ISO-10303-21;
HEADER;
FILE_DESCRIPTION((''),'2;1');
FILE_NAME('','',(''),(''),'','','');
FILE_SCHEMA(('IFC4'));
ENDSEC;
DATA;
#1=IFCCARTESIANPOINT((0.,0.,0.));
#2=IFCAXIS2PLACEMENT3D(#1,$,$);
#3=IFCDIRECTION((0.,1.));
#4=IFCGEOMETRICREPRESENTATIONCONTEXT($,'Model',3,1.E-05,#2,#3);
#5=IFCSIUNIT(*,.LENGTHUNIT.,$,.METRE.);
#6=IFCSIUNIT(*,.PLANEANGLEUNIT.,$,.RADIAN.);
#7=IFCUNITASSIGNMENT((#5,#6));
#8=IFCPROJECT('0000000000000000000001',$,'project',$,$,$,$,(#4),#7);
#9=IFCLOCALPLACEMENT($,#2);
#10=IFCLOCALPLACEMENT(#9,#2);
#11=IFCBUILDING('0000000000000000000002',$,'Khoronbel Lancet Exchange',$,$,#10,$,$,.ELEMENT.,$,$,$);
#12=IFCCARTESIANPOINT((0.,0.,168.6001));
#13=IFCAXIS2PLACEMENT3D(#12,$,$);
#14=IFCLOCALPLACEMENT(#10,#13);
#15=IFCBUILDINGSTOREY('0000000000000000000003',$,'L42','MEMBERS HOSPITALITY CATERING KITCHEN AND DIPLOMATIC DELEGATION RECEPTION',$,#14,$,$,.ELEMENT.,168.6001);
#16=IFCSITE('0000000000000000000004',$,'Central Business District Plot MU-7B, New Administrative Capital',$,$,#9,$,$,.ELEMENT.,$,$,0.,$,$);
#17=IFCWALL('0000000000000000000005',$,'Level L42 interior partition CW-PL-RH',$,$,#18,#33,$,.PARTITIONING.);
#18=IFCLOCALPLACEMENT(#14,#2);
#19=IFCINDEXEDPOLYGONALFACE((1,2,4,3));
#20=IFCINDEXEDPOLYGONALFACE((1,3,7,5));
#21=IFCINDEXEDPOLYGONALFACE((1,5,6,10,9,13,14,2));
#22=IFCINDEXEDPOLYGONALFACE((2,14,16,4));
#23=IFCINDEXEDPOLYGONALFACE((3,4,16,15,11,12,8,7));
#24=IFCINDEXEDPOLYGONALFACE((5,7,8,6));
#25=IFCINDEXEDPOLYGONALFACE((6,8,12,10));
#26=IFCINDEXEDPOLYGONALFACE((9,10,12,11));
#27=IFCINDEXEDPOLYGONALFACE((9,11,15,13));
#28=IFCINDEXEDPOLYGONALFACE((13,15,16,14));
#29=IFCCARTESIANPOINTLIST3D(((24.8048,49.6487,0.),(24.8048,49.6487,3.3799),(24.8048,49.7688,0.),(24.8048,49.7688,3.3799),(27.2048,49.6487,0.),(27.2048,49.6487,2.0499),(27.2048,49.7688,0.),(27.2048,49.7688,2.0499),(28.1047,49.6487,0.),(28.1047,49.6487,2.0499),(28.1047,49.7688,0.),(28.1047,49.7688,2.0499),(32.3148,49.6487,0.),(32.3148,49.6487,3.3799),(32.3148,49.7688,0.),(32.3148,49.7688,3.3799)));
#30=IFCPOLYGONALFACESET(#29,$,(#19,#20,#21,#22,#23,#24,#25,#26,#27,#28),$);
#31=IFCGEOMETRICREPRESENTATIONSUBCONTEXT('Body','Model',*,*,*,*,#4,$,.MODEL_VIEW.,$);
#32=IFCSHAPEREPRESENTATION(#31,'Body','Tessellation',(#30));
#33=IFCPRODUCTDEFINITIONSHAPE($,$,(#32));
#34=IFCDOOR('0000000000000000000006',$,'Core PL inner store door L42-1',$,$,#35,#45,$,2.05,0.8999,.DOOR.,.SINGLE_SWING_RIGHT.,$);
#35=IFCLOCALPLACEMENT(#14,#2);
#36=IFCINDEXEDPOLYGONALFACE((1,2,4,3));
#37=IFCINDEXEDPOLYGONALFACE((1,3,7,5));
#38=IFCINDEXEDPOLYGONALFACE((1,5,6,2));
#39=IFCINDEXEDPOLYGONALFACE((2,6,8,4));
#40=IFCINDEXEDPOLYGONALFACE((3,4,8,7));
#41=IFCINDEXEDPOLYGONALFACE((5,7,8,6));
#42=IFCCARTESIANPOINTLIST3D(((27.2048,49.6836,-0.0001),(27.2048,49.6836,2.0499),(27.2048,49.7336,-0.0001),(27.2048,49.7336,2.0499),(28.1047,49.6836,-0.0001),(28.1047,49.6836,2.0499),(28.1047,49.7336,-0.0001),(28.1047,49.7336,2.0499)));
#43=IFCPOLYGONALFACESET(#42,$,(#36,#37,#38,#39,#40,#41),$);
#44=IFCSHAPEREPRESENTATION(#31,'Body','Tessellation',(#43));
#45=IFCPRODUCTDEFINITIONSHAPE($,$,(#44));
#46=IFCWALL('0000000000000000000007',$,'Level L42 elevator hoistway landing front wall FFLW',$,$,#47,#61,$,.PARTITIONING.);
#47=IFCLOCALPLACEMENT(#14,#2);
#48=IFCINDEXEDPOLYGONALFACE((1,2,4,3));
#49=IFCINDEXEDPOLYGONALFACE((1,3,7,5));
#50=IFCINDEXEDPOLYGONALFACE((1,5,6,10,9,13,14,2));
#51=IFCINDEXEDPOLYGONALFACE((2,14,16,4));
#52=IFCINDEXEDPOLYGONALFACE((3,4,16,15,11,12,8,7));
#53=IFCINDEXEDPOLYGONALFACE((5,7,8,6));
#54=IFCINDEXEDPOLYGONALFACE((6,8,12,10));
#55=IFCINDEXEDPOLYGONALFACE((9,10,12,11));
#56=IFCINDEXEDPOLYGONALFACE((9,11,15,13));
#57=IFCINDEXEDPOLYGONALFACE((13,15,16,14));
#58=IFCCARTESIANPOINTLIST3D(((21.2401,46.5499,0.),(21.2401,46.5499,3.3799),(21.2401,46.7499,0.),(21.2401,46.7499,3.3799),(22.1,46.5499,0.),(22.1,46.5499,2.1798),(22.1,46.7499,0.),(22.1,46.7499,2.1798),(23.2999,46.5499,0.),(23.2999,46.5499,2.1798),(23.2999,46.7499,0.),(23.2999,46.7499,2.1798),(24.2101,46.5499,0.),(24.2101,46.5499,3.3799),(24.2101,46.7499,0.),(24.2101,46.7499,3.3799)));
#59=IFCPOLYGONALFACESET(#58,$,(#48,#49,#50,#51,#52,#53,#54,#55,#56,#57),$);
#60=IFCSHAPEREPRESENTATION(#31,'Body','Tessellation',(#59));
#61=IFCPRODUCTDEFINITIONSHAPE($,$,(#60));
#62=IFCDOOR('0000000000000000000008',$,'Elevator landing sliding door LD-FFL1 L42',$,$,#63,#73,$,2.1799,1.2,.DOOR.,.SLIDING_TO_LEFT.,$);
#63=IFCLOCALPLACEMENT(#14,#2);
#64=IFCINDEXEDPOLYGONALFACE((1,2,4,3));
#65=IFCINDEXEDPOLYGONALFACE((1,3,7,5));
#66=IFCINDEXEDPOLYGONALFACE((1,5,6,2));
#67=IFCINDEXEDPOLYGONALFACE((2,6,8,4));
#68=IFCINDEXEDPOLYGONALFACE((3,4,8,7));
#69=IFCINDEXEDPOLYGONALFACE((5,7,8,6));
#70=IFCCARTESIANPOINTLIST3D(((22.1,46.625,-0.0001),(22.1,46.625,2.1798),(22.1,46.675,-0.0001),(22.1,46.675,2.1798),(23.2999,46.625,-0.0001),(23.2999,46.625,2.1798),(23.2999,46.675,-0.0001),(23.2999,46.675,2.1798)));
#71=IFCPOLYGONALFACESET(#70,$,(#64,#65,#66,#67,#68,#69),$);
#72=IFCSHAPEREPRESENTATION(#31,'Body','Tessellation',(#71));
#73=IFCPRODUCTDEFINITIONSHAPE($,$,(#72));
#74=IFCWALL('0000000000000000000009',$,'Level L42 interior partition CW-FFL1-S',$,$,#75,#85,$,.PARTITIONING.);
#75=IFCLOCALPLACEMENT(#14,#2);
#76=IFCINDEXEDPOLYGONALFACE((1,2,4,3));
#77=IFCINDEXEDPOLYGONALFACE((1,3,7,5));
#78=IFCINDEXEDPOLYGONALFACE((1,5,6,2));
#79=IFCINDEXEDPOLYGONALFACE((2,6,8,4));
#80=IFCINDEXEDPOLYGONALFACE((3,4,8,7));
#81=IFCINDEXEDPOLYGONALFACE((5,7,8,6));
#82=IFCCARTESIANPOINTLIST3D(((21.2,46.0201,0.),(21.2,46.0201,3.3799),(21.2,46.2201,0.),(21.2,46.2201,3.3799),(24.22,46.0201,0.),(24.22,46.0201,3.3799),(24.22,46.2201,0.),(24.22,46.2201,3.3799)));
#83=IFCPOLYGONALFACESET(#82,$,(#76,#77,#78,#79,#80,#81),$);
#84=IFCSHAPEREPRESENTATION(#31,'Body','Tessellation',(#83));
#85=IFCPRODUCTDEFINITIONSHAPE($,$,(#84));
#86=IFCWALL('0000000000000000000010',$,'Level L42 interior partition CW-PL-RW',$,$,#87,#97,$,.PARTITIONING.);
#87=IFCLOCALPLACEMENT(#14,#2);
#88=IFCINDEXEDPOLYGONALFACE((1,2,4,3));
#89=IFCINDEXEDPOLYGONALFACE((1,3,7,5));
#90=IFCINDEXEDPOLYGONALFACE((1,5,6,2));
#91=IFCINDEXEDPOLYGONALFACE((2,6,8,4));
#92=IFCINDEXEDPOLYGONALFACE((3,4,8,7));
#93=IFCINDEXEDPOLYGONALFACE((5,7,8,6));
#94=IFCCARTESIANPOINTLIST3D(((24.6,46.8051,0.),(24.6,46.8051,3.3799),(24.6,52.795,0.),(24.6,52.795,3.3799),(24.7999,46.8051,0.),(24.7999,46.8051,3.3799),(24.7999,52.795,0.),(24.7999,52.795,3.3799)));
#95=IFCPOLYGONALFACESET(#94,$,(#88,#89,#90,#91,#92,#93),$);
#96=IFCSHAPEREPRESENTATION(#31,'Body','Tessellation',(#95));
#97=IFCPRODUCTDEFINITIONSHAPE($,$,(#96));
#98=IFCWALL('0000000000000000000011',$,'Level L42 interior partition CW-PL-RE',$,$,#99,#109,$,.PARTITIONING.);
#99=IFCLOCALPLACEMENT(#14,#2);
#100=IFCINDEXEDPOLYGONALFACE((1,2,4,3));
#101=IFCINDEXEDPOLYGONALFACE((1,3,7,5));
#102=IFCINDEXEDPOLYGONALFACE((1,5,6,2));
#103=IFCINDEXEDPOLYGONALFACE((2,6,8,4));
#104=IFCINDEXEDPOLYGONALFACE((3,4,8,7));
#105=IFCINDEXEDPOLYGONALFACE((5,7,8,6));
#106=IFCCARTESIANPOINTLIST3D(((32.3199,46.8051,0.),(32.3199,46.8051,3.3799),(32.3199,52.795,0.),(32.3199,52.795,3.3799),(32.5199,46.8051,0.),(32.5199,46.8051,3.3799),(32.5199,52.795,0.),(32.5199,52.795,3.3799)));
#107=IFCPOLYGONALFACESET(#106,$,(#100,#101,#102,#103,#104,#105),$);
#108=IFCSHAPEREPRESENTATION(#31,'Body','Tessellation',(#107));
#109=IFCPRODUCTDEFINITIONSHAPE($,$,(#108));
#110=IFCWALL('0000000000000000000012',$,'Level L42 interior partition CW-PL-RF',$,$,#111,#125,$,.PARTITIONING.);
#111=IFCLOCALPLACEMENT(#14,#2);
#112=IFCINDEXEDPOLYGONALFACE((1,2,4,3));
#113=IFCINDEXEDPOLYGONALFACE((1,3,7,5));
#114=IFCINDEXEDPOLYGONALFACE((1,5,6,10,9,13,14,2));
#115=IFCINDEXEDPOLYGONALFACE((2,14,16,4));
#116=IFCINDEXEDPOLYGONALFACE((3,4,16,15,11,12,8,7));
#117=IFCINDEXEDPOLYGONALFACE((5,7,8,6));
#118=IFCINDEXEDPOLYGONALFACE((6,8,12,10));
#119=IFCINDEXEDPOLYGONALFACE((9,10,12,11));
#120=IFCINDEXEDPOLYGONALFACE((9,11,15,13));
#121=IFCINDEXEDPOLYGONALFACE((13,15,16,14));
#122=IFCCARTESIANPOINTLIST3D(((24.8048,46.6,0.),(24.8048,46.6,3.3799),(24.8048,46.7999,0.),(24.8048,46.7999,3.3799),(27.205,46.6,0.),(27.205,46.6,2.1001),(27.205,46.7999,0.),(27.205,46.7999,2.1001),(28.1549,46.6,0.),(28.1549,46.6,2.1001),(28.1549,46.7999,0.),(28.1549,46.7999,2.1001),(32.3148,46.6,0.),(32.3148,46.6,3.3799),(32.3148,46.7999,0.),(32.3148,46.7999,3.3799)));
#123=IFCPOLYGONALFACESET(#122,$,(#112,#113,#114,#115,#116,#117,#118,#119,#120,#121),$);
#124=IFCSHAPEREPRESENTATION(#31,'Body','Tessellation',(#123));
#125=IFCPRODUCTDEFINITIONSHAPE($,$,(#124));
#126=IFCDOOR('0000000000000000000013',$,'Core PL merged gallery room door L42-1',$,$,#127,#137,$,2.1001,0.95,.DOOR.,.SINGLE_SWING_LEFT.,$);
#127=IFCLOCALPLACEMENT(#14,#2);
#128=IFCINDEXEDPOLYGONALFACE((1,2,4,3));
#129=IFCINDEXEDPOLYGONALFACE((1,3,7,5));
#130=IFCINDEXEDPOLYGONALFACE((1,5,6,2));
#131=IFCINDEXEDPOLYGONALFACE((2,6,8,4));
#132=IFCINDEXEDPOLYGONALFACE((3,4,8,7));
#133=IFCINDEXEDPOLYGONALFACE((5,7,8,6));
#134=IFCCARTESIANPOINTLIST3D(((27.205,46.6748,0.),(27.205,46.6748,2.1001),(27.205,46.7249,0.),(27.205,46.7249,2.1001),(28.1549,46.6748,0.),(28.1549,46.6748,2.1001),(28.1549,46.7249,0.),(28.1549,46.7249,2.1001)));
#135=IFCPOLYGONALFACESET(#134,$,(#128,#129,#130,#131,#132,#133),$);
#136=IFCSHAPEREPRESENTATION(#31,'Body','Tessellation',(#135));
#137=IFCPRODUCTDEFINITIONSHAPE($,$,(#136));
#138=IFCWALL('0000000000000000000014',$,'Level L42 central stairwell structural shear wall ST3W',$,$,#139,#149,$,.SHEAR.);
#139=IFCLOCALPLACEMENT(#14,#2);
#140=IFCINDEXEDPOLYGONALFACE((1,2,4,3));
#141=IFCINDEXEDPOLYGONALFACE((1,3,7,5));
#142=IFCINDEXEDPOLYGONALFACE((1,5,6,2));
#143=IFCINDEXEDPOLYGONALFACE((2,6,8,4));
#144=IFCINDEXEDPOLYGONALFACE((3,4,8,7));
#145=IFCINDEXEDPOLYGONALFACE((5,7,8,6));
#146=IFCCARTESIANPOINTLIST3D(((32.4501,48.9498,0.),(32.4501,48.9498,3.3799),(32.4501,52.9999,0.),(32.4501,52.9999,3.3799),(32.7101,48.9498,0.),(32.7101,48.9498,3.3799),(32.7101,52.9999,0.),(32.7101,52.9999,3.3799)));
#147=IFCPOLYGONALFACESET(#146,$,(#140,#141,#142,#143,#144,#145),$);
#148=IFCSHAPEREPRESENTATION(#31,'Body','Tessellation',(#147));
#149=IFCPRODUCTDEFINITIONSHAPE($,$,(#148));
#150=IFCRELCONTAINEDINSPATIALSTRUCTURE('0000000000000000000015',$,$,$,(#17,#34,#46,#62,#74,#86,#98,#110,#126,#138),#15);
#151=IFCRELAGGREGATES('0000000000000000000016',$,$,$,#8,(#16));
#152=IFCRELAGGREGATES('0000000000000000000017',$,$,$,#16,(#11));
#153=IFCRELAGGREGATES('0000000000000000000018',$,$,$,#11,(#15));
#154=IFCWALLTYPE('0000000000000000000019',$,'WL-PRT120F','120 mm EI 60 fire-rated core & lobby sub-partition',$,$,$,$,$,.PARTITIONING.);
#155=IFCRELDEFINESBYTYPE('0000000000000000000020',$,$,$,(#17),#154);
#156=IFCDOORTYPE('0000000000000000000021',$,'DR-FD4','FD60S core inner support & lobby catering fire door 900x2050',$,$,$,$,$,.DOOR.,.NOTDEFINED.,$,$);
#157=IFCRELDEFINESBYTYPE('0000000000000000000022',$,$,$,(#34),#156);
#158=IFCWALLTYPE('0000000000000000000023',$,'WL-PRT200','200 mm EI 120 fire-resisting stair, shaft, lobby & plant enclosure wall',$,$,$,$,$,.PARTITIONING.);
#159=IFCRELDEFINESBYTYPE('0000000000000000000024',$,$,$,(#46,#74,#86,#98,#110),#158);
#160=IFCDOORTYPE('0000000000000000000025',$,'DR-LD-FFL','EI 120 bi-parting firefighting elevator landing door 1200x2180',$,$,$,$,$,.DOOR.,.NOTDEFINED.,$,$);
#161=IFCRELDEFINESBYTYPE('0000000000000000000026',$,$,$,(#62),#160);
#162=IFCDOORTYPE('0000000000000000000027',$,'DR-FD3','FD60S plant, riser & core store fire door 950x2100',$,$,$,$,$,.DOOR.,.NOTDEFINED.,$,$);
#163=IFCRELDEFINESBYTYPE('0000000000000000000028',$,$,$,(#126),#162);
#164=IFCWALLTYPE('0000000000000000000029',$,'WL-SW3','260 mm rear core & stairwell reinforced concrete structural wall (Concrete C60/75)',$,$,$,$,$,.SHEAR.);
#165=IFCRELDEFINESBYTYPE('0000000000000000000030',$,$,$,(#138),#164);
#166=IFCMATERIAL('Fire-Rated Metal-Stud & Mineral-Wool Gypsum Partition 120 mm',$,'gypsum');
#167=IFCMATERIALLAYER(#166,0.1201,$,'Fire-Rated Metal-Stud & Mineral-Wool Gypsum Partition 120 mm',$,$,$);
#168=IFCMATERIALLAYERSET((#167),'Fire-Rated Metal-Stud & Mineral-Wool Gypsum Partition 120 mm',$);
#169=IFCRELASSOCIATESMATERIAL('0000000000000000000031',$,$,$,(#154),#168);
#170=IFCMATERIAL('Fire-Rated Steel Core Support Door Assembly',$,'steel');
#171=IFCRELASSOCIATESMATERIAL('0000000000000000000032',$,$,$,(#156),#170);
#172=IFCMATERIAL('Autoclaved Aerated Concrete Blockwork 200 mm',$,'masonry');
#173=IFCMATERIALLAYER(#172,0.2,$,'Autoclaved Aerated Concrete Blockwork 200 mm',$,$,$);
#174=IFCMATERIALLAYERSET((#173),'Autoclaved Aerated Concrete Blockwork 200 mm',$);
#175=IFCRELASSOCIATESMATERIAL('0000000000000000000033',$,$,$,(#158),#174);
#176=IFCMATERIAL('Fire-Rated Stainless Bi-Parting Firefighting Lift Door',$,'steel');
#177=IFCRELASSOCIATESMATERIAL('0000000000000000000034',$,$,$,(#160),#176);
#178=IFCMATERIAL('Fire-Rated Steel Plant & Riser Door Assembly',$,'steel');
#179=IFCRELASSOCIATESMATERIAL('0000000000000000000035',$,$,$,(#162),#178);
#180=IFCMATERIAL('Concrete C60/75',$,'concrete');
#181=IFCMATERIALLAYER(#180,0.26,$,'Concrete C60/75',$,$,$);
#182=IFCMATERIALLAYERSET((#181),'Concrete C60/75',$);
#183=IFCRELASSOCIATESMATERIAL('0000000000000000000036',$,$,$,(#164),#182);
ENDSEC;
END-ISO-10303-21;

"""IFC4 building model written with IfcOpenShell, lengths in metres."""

from ifc_helpers import new_model, si_unit, direction, frame, frame_2d, origin, place, context, subcontext, project, spatial, rectangle, extrude, material, layer, layer_set, type_object, element, fill, save


model = new_model("IFC4")

# Units and contexts
model_context = context("Model", 3, precision=1e-05, world=origin(), true_north=direction((0.0, 1.0)))
body_context = subcontext(model_context, "Body", "Model", "MODEL_VIEW")
ifc_project = project(units=[si_unit("LENGTHUNIT", "METRE"), si_unit("PLANEANGLEUNIT", "RADIAN")], contexts=[model_context])

# Site, building, storey
site_placement = place(None, origin())
site = spatial("IfcSite", under=ifc_project, at=site_placement, Name="Central Business District Plot MU-7B, New Administrative Capital", CompositionType="ELEMENT", RefElevation=0.0)
building_placement = place(site_placement, origin())
building = spatial("IfcBuilding", under=site, at=building_placement, Name="Khoronbel Lancet Exchange", CompositionType="ELEMENT")
storey_placement = place(building_placement, frame((0.0, 0.0, 168.6001)))
storey = spatial("IfcBuildingStorey", under=building, at=storey_placement, Name="L42", Description="MEMBERS HOSPITALITY CATERING KITCHEN AND DIPLOMATIC DELEGATION RECEPTION", CompositionType="ELEMENT", Elevation=168.6001)

# Shared definitions
ifc_material_1 = material(Name="Fire-Rated Metal-Stud & Mineral-Wool Gypsum Partition 120 mm", Category="gypsum")
ifc_layer_1 = layer(ifc_material_1, 0.1201, Name="Fire-Rated Metal-Stud & Mineral-Wool Gypsum Partition 120 mm")
ifc_layer_set_1 = layer_set([ifc_layer_1], Name="Fire-Rated Metal-Stud & Mineral-Wool Gypsum Partition 120 mm")
wall_type_1 = type_object("IfcWallType", Name="WL-PRT120F", Description="120 mm EI 60 fire-rated core & lobby sub-partition", PredefinedType="PARTITIONING", material=ifc_layer_set_1)

# Walls, openings, doors
wall_1_placement = place(storey_placement, frame((24.8049, 49.7087, 0.0), z_axis=(0.0, 0.0, 1.0), x_axis=(1.0, 0.0, 0.0)))
wall_1 = element("IfcWall", 1, at=wall_1_placement, inside=storey, type_object=wall_type_1, Name="Level L42 interior partition CW-PL-RH", PredefinedType="PARTITIONING", context=body_context, shape_type="SweptSolid", body=[
    extrude(rectangle(XDim=7.51, YDim=0.1201, at=frame_2d((3.7549, 0.0))), origin(), (0.0, 0.0, 1.0), 3.3799),
])
opening_1_placement = place(wall_1_placement, frame((2.3999, 0.0, 0.0)))
opening_1 = element("IfcOpeningElement", 2, at=opening_1_placement, cuts=wall_1, PredefinedType="OPENING", context=body_context, shape_type="SweptSolid", body=[
    extrude(rectangle(XDim=0.8999, YDim=2.05, at=frame_2d((0.45, 1.0249))), frame((0.0, 0.0701, 0.0), z_axis=(0.0, -1.0, 0.0), x_axis=(1.0, 0.0, 0.0)), (0.0, 0.0, 1.0), 0.1401),
])
ifc_material_2 = material(Name="Fire-Rated Steel Core Support Door Assembly", Category="steel")
door_type_1 = type_object("IfcDoorType", Name="DR-FD4", Description="FD60S core inner support & lobby catering fire door 900x2050", OperationType="NOTDEFINED", PredefinedType="DOOR", material=ifc_material_2)
door_1_placement = place(opening_1_placement, origin())
door_1 = element("IfcDoor", 3, at=door_1_placement, inside=storey, type_object=door_type_1, Name="Core PL inner store door L42-1", OperationType="SINGLE_SWING_RIGHT", OverallHeight=2.05, OverallWidth=0.8999, PredefinedType="DOOR", context=body_context, shape_type="SweptSolid", body=[
    extrude(rectangle(XDim=0.8999, YDim=2.05, at=frame_2d((0.45, 1.0249))), frame((0.0, 0.0249, 0.0), z_axis=(0.0, -1.0, 0.0), x_axis=(1.0, 0.0, 0.0)), (0.0, 0.0, 1.0), 0.05),
])
fill(opening_1, door_1)
ifc_material_3 = material(Name="Autoclaved Aerated Concrete Blockwork 200 mm", Category="masonry")
ifc_layer_2 = layer(ifc_material_3, 0.2, Name="Autoclaved Aerated Concrete Blockwork 200 mm")
ifc_layer_set_2 = layer_set([ifc_layer_2], Name="Autoclaved Aerated Concrete Blockwork 200 mm")
wall_type_2 = type_object("IfcWallType", Name="WL-PRT200", Description="200 mm EI 120 fire-resisting stair, shaft, lobby & plant enclosure wall", PredefinedType="PARTITIONING", material=ifc_layer_set_2)
wall_2_placement = place(storey_placement, frame((24.21, 46.6499, 0.0), z_axis=(0.0, 0.0, 1.0), x_axis=(-1.0, 0.0, 0.0)))
wall_2 = element("IfcWall", 4, at=wall_2_placement, inside=storey, type_object=wall_type_2, Name="Level L42 elevator hoistway landing front wall FFLW", PredefinedType="PARTITIONING", context=body_context, shape_type="SweptSolid", body=[
    extrude(rectangle(XDim=2.97, YDim=0.2, at=frame_2d((1.4849, 0.0))), origin(), (0.0, 0.0, 1.0), 3.3799),
])
opening_2_placement = place(wall_2_placement, frame((0.9099, 0.0, 0.0)))
opening_2 = element("IfcOpeningElement", 5, at=opening_2_placement, cuts=wall_2, PredefinedType="OPENING", context=body_context, shape_type="SweptSolid", body=[
    extrude(rectangle(XDim=1.2, YDim=2.1799, at=frame_2d((0.6001, 1.0898))), frame((0.0, 0.1099, 0.0), z_axis=(0.0, -1.0, 0.0), x_axis=(1.0, 0.0, 0.0)), (0.0, 0.0, 1.0), 0.22),
])
ifc_material_4 = material(Name="Fire-Rated Stainless Bi-Parting Firefighting Lift Door", Category="steel")
door_type_2 = type_object("IfcDoorType", Name="DR-LD-FFL", Description="EI 120 bi-parting firefighting elevator landing door 1200x2180", OperationType="NOTDEFINED", PredefinedType="DOOR", material=ifc_material_4)
door_2_placement = place(opening_2_placement, origin())
door_2 = element("IfcDoor", 6, at=door_2_placement, inside=storey, type_object=door_type_2, Name="Elevator landing sliding door LD-FFL1 L42", OperationType="SLIDING_TO_LEFT", OverallHeight=2.1799, OverallWidth=1.2, PredefinedType="DOOR", context=body_context, shape_type="SweptSolid", body=[
    extrude(rectangle(XDim=1.2, YDim=2.1799, at=frame_2d((0.6001, 1.0898))), frame((0.0, 0.0249, 0.0), z_axis=(0.0, -1.0, 0.0), x_axis=(1.0, 0.0, 0.0)), (0.0, 0.0, 1.0), 0.05),
])
fill(opening_2, door_2)

# Walls
wall_3_placement = place(storey_placement, frame((21.2, 46.1201, 0.0), z_axis=(0.0, 0.0, 1.0), x_axis=(1.0, 0.0, 0.0)))
element("IfcWall", 7, at=wall_3_placement, inside=storey, type_object=wall_type_2, Name="Level L42 interior partition CW-FFL1-S", PredefinedType="PARTITIONING", context=body_context, shape_type="SweptSolid", body=[
    extrude(rectangle(XDim=3.02, YDim=0.2, at=frame_2d((1.51, 0.0))), origin(), (0.0, 0.0, 1.0), 3.3799),
])
for number, where, z_axis, x_axis, name in (
    (8, (24.7, 46.8049, 0.0), (0.0, 0.0, 1.0), (0.0, 1.0, 0.0), "Level L42 interior partition CW-PL-RW"),
    (9, (32.4199, 46.8049, 0.0), (0.0, 0.0, 1.0), (0.0, 1.0, 0.0), "Level L42 interior partition CW-PL-RE"),
):
    element("IfcWall", number, at=place(storey_placement, frame(where, z_axis=z_axis, x_axis=x_axis)), inside=storey, type_object=wall_type_2, Name=name, PredefinedType="PARTITIONING", context=body_context, shape_type="SweptSolid", body=[
        extrude(rectangle(XDim=5.99, YDim=0.2, at=frame_2d((2.9951, 0.0))), origin(), (0.0, 0.0, 1.0), 3.3799),
    ])

# Wall, opening, door
wall_4_placement = place(storey_placement, frame((24.8049, 46.7, 0.0), z_axis=(0.0, 0.0, 1.0), x_axis=(1.0, 0.0, 0.0)))
wall_4 = element("IfcWall", 10, at=wall_4_placement, inside=storey, type_object=wall_type_2, Name="Level L42 interior partition CW-PL-RF", PredefinedType="PARTITIONING", context=body_context, shape_type="SweptSolid", body=[
    extrude(rectangle(XDim=7.51, YDim=0.2, at=frame_2d((3.7549, 0.0))), origin(), (0.0, 0.0, 1.0), 3.3799),
])
opening_3_placement = place(wall_4_placement, frame((2.3999, 0.0, 0.0)))
opening_3 = element("IfcOpeningElement", 11, at=opening_3_placement, cuts=wall_4, PredefinedType="OPENING", context=body_context, shape_type="SweptSolid", body=[
    extrude(rectangle(XDim=0.95, YDim=2.1001, at=frame_2d((0.4751, 1.05))), frame((0.0, 0.1099, 0.0), z_axis=(0.0, -1.0, 0.0), x_axis=(1.0, 0.0, 0.0)), (0.0, 0.0, 1.0), 0.22),
])
ifc_material_5 = material(Name="Fire-Rated Steel Plant & Riser Door Assembly", Category="steel")
door_type_3 = type_object("IfcDoorType", Name="DR-FD3", Description="FD60S plant, riser & core store fire door 950x2100", OperationType="NOTDEFINED", PredefinedType="DOOR", material=ifc_material_5)
door_3_placement = place(opening_3_placement, origin())
door_3 = element("IfcDoor", 12, at=door_3_placement, inside=storey, type_object=door_type_3, Name="Core PL merged gallery room door L42-1", OperationType="SINGLE_SWING_LEFT", OverallHeight=2.1001, OverallWidth=0.95, PredefinedType="DOOR", context=body_context, shape_type="SweptSolid", body=[
    extrude(rectangle(XDim=0.95, YDim=2.1001, at=frame_2d((0.4751, 1.05))), frame((0.0, 0.0249, 0.0), z_axis=(0.0, -1.0, 0.0), x_axis=(1.0, 0.0, 0.0)), (0.0, 0.0, 1.0), 0.05),
])
fill(opening_3, door_3)

# Wall
ifc_material_6 = material(Name="Concrete C60/75", Category="concrete")
ifc_layer_3 = layer(ifc_material_6, 0.26, Name="Concrete C60/75")
ifc_layer_set_3 = layer_set([ifc_layer_3], Name="Concrete C60/75")
wall_type_3 = type_object("IfcWallType", Name="WL-SW3", Description="260 mm rear core & stairwell reinforced concrete structural wall (Concrete C60/75)", PredefinedType="SHEAR", material=ifc_layer_set_3)
wall_5_placement = place(storey_placement, frame((32.5801, 48.95, 0.0), z_axis=(0.0, 0.0, 1.0), x_axis=(0.0, 1.0, 0.0)))
element("IfcWall", 13, at=wall_5_placement, inside=storey, type_object=wall_type_3, Name="Level L42 central stairwell structural shear wall ST3W", PredefinedType="SHEAR", context=body_context, shape_type="SweptSolid", body=[
    extrude(rectangle(XDim=4.05, YDim=0.26, at=frame_2d((2.0249, 0.0))), origin(), (0.0, 0.0, 1.0), 3.3799),
])

save(model, "model.ifc")
